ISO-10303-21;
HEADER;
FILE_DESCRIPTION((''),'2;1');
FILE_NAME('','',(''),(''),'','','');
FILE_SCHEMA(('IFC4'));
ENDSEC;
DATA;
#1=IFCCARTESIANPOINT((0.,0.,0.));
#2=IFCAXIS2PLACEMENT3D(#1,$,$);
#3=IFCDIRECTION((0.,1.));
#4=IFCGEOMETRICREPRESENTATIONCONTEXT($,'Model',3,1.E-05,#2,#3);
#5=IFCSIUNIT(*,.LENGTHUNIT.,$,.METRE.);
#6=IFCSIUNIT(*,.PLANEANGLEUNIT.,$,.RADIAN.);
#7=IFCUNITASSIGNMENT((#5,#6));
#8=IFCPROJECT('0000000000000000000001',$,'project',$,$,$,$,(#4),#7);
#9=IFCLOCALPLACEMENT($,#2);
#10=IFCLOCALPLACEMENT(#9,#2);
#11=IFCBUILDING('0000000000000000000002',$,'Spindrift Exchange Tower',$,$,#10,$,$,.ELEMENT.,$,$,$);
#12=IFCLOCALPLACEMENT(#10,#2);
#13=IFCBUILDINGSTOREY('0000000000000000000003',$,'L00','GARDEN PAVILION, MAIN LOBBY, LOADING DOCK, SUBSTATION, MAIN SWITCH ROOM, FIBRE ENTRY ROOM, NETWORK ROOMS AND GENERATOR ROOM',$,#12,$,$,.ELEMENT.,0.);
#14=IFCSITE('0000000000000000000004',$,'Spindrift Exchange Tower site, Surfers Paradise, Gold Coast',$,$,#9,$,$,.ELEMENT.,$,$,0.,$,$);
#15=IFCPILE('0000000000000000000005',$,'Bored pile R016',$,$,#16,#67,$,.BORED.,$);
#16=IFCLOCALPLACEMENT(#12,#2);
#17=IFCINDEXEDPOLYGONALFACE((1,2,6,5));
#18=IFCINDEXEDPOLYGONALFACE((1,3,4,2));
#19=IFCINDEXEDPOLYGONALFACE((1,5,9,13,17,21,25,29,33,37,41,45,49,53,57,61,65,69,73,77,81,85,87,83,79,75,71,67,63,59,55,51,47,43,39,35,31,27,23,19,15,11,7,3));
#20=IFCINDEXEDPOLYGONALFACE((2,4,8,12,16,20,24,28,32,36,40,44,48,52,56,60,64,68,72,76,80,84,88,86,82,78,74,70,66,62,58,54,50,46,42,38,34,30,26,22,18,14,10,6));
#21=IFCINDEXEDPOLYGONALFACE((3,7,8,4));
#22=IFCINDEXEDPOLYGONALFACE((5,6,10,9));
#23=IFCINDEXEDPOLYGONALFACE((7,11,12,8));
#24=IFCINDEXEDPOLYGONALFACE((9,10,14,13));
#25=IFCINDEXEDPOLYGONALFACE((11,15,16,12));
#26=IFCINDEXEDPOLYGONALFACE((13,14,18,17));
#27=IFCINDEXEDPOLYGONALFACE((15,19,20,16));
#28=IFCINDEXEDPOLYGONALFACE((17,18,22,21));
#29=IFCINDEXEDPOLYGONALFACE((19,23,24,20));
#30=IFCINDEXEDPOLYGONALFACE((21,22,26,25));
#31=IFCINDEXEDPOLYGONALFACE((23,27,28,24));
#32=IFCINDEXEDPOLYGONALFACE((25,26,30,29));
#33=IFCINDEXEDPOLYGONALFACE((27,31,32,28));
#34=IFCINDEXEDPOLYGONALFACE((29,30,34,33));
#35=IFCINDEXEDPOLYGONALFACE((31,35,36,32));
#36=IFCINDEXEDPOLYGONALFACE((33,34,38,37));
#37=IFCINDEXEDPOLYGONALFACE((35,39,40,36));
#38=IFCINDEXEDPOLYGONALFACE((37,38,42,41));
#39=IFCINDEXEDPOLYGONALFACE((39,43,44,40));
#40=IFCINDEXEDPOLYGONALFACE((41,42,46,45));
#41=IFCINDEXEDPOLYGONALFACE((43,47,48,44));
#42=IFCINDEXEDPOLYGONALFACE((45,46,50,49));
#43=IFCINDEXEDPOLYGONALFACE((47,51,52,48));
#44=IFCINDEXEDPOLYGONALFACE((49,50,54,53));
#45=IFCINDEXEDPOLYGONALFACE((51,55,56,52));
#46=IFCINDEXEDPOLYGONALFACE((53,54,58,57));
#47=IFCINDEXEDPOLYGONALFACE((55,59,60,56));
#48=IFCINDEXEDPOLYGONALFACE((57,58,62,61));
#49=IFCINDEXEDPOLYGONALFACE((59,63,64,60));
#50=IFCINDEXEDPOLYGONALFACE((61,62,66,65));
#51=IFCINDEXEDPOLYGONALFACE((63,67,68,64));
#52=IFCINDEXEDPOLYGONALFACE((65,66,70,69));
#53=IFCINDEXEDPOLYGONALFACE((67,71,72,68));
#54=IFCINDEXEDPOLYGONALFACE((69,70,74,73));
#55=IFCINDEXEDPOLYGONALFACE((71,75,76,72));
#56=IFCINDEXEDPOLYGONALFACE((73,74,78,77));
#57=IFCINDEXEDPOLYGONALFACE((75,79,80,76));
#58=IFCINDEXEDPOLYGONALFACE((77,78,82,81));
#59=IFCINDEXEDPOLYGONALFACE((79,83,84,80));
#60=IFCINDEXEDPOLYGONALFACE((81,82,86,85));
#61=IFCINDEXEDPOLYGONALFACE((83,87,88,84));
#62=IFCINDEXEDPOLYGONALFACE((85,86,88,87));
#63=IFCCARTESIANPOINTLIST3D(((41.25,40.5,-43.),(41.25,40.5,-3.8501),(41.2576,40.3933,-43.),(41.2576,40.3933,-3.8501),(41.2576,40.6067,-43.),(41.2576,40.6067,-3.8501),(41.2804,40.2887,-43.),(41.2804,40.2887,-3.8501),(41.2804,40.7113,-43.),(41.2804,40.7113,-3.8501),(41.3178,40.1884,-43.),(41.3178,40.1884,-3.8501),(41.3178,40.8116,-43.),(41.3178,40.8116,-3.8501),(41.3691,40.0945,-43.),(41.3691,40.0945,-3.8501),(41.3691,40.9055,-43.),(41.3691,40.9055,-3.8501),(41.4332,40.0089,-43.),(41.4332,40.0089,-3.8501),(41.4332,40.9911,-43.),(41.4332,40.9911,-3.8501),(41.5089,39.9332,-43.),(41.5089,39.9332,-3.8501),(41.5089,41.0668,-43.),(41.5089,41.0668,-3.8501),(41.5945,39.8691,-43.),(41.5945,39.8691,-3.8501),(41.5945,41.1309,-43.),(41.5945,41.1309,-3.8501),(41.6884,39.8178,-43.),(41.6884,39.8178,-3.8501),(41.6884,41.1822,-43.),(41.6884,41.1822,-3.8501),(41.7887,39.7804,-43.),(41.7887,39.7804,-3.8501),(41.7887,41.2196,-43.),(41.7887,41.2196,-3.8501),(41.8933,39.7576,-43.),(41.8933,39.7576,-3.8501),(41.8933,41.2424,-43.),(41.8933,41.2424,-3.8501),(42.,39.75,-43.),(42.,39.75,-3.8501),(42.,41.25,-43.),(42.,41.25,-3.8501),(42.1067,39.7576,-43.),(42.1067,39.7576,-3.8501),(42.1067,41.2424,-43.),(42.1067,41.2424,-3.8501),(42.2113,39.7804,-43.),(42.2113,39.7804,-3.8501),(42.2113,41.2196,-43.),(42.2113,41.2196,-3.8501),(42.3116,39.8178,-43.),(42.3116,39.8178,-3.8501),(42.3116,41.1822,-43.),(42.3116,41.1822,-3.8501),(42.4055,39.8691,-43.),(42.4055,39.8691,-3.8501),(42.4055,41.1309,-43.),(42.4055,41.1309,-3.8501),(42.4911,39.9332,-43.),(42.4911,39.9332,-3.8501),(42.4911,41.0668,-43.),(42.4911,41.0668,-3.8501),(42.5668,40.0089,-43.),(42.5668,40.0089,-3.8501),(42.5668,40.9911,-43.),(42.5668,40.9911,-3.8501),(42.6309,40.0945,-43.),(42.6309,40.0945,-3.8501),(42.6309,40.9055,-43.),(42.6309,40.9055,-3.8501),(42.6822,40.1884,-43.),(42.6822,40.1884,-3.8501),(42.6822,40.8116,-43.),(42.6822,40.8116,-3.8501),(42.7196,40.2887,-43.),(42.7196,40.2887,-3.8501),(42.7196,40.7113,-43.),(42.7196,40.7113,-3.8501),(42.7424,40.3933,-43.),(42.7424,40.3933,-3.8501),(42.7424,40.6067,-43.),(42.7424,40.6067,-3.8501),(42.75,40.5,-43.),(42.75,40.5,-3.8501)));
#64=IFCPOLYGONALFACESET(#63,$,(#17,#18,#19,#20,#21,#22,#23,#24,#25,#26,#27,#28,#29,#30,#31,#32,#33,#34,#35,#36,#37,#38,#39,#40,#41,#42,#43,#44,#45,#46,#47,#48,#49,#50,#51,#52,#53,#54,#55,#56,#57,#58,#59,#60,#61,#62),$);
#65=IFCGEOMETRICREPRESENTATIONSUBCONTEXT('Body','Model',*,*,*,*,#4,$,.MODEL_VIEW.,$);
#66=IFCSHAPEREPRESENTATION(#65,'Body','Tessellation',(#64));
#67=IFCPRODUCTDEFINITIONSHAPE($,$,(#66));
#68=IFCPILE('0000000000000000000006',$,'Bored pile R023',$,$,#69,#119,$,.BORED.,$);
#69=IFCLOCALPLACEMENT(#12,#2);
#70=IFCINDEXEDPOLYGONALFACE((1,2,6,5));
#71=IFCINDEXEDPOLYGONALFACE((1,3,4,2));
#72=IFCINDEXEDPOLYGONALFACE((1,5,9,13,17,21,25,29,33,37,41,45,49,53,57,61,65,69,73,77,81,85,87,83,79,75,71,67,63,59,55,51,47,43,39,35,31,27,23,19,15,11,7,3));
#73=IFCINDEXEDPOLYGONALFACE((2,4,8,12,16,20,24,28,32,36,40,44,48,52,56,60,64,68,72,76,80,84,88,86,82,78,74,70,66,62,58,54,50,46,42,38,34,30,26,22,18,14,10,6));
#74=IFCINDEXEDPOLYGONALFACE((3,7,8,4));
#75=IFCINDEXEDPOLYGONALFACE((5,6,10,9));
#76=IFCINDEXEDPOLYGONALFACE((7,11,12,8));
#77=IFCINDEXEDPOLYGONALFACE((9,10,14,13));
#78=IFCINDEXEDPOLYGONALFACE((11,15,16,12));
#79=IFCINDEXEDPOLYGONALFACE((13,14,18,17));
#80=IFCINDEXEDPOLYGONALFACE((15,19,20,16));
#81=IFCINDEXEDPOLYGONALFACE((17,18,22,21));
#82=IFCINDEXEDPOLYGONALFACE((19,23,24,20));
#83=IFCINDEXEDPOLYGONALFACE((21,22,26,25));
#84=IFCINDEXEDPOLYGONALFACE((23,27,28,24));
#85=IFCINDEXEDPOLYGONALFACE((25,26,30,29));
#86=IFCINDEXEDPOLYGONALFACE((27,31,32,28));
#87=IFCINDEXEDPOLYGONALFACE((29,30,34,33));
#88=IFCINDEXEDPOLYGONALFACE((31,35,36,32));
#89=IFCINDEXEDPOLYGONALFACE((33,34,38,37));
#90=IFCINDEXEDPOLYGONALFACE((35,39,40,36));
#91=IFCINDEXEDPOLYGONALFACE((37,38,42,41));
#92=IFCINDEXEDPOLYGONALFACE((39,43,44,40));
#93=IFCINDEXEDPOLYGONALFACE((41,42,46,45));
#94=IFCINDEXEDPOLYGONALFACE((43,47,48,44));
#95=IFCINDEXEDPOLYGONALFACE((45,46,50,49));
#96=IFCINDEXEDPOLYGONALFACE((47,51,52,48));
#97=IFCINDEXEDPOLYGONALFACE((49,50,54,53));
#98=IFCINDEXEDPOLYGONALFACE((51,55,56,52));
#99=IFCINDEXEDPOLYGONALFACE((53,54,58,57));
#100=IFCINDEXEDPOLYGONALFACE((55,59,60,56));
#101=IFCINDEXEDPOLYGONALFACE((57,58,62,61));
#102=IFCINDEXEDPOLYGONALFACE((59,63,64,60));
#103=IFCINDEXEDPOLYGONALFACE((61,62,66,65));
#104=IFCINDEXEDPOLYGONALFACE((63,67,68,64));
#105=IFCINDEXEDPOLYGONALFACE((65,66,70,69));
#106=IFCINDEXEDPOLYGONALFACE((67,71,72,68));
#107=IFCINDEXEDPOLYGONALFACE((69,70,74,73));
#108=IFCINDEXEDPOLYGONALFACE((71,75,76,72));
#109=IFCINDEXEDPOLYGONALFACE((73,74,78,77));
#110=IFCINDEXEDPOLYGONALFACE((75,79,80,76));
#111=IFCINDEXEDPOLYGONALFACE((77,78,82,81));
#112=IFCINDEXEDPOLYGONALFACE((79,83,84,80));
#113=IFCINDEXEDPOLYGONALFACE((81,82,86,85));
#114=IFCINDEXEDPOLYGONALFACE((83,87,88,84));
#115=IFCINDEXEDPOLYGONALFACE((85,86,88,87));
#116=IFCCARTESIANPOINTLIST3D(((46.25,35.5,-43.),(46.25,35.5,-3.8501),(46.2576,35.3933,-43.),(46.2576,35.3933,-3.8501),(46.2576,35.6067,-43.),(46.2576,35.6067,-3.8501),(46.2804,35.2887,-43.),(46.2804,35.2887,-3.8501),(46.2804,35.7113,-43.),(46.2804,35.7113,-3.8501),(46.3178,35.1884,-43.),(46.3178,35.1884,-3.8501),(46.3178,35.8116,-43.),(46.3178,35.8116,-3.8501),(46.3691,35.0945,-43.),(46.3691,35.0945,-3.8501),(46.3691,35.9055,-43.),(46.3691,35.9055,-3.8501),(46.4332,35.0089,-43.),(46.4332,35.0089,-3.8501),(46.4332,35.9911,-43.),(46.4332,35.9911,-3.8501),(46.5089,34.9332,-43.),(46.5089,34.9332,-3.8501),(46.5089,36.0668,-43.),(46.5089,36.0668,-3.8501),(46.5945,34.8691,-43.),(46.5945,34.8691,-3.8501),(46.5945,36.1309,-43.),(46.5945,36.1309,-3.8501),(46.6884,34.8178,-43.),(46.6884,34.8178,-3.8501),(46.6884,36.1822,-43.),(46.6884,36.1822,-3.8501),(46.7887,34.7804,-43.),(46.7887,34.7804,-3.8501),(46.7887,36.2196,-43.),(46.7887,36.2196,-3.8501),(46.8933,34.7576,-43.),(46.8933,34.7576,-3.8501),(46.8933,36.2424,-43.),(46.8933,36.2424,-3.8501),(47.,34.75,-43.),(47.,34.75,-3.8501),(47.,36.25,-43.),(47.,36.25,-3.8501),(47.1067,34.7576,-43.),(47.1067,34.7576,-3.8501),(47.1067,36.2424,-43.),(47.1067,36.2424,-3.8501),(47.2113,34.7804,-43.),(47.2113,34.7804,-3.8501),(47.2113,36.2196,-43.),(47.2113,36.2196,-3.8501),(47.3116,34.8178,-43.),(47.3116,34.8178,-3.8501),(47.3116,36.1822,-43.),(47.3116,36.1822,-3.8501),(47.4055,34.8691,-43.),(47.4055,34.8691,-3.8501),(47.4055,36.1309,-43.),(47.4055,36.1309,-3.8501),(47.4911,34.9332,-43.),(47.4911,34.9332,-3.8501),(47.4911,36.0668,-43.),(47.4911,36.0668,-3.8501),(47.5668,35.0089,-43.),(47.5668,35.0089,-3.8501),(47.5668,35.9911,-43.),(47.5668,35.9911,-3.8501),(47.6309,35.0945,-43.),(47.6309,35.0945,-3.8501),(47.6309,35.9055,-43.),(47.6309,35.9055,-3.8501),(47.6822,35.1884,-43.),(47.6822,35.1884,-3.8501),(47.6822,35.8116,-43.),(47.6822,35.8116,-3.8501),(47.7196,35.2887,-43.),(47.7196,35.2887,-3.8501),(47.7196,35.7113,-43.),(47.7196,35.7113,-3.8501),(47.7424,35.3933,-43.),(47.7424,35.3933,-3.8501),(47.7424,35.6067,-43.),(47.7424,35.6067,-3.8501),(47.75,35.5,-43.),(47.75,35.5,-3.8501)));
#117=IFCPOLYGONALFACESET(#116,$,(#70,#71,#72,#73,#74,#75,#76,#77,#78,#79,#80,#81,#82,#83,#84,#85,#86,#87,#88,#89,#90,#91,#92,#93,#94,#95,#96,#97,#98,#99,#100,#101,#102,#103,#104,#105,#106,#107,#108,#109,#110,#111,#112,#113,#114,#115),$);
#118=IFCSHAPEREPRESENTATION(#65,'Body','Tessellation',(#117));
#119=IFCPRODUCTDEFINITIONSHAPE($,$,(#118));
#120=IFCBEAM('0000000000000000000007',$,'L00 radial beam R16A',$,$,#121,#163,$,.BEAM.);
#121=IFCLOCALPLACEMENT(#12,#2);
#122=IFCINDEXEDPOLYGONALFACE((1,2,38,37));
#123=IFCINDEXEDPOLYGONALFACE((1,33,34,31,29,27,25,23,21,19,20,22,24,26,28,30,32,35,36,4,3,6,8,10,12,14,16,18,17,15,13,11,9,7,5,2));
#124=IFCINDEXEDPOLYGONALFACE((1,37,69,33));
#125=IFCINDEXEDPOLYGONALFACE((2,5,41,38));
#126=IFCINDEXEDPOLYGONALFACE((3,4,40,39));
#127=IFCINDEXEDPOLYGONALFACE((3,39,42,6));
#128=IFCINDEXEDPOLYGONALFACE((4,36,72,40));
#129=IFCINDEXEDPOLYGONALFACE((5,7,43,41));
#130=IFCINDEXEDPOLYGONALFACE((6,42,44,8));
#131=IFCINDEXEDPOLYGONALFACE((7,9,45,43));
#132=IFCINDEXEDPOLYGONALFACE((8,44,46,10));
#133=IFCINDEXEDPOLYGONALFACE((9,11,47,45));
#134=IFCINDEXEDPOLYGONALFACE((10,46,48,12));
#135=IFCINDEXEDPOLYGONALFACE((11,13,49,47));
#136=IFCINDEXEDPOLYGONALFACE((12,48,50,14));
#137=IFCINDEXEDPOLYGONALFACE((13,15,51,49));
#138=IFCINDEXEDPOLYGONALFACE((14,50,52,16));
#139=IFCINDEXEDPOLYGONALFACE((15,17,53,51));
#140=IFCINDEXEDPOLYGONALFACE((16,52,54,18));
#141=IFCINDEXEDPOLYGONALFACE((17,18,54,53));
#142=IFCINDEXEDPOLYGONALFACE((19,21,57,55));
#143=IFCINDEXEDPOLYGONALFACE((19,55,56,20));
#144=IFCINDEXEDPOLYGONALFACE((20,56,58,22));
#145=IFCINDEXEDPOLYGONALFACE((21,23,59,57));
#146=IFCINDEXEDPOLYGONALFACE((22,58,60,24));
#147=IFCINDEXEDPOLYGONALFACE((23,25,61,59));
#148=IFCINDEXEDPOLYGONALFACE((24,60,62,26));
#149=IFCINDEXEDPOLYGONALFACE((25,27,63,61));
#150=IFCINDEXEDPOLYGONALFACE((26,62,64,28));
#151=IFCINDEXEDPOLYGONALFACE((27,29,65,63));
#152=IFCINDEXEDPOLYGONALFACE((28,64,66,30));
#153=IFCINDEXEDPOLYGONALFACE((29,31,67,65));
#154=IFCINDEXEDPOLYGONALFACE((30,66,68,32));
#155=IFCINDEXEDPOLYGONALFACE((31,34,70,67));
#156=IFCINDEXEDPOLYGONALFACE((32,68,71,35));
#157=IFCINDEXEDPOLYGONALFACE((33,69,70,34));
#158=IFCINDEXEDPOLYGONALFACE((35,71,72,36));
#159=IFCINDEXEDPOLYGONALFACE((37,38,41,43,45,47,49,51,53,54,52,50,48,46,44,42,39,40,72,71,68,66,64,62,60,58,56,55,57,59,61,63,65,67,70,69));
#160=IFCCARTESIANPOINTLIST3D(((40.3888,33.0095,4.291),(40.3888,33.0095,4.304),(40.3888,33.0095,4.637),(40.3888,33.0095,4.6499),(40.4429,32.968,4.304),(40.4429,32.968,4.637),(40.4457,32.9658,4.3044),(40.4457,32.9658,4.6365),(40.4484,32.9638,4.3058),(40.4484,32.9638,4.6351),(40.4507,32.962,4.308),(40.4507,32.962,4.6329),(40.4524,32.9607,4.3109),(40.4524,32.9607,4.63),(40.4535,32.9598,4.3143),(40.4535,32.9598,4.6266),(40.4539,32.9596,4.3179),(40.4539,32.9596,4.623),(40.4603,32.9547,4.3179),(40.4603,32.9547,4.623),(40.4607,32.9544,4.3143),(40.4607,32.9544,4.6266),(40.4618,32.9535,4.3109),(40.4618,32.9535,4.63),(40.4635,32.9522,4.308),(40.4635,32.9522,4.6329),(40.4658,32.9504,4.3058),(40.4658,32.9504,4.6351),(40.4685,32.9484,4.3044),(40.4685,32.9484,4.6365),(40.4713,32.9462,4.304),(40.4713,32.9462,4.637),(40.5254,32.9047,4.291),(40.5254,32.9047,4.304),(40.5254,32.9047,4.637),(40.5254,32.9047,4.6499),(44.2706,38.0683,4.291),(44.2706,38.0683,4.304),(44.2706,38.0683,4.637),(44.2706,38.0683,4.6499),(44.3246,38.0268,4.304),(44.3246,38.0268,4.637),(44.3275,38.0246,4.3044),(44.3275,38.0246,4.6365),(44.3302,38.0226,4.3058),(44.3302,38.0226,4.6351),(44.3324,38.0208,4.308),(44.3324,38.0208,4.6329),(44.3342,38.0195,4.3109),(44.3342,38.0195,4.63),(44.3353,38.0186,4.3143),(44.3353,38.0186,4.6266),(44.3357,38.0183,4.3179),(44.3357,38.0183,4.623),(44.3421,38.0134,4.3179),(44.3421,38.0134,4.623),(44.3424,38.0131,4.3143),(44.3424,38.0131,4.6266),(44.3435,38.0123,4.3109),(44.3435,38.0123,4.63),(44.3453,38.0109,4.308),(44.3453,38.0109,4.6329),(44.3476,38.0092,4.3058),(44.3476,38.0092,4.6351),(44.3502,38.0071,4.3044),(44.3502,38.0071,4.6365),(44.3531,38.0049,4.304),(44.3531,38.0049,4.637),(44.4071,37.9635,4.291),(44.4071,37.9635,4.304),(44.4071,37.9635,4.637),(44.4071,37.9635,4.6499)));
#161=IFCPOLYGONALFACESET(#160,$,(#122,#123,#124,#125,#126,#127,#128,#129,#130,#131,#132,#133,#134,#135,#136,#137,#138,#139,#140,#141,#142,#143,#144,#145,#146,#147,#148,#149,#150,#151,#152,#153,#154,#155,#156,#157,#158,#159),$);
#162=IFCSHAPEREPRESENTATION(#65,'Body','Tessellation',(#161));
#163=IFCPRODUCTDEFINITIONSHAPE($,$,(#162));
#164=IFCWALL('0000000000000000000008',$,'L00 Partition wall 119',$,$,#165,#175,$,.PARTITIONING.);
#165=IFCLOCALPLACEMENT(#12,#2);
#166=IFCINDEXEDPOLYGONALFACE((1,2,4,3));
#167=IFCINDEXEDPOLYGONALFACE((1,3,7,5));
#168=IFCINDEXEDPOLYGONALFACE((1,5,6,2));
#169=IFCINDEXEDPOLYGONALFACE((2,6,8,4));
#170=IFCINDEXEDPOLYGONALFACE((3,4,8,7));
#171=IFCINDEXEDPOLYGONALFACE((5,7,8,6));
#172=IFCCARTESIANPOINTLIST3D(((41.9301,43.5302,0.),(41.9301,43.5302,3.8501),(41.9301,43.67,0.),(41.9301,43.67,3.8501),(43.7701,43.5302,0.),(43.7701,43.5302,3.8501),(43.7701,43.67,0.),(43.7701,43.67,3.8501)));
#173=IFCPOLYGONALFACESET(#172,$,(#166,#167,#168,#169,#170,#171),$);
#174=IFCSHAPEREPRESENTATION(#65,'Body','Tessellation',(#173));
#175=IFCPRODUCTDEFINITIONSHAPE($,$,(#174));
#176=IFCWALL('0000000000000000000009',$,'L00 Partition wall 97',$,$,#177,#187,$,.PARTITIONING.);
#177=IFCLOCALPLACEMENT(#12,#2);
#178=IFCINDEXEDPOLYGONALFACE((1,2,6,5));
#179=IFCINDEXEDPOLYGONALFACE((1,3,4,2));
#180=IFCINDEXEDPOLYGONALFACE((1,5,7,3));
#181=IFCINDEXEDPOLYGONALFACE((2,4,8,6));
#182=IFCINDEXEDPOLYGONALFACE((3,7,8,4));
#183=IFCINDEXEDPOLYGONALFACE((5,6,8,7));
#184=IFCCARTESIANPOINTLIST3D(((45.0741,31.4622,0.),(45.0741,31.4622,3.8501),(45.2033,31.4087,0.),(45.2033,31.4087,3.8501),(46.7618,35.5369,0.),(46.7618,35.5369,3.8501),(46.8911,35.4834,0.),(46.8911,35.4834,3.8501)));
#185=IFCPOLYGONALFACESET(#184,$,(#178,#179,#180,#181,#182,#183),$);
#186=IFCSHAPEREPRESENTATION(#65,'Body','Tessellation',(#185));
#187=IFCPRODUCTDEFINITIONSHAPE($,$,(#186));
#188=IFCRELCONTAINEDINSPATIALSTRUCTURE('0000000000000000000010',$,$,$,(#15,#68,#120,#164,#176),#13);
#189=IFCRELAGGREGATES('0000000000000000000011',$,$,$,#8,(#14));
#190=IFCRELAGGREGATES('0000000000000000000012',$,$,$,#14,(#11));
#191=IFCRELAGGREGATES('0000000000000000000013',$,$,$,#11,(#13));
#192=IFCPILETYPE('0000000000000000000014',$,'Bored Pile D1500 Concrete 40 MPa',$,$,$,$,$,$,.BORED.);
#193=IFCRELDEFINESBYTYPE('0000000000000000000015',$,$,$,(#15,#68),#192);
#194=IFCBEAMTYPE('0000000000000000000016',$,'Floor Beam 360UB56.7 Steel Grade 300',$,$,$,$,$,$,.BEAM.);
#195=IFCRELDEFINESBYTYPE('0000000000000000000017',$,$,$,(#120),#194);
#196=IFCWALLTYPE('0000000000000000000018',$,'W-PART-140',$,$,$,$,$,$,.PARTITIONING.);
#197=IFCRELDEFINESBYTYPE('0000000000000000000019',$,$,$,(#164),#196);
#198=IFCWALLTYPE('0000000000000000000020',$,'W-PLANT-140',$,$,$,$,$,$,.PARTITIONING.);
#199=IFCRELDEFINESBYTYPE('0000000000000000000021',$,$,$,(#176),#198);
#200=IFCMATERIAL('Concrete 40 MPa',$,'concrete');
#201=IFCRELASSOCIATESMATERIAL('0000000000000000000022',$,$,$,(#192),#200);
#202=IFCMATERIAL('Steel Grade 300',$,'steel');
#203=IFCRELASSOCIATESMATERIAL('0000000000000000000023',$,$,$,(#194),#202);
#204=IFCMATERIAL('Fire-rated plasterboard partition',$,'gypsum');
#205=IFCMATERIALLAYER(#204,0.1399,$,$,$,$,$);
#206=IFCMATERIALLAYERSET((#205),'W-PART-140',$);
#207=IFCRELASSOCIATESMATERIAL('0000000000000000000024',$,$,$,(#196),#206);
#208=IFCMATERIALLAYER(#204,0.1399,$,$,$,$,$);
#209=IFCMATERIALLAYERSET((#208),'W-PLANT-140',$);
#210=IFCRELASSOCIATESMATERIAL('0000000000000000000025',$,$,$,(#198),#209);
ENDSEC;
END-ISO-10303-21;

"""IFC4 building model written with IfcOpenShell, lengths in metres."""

from ifc_helpers import new_model, si_unit, direction, frame, frame_2d, origin, origin_2d, place, context, subcontext, project, spatial, rectangle, circle, i_section, extrude, source, transform, mapped, material, layer, layer_set, material_profile, profile_set, type_object, element, save


model = new_model("IFC4")

# Units and contexts
model_context = context("Model", 3, precision=1e-05, world=origin(), true_north=direction((0.0, 1.0)))
body_context = subcontext(model_context, "Body", "Model", "MODEL_VIEW")
ifc_project = project(units=[si_unit("LENGTHUNIT", "METRE"), si_unit("PLANEANGLEUNIT", "RADIAN")], contexts=[model_context])

# Site, building, storey
site_placement = place(None, origin())
site = spatial("IfcSite", under=ifc_project, at=site_placement, Name="Spindrift Exchange Tower site, Surfers Paradise, Gold Coast", CompositionType="ELEMENT", RefElevation=0.0)
building_placement = place(site_placement, origin())
building = spatial("IfcBuilding", under=site, at=building_placement, Name="Spindrift Exchange Tower", CompositionType="ELEMENT")
storey_placement = place(building_placement, origin())
storey = spatial("IfcBuildingStorey", under=building, at=storey_placement, Name="L00", Description="GARDEN PAVILION, MAIN LOBBY, LOADING DOCK, SUBSTATION, MAIN SWITCH ROOM, FIBRE ENTRY ROOM, NETWORK ROOMS AND GENERATOR ROOM", CompositionType="ELEMENT", Elevation=0.0)

# Piles
ifc_material_1 = material(Name="Concrete 40 MPa", Category="concrete")
ifc_material_profile_1 = material_profile(ifc_material_1, circle(Radius=0.75, at=origin_2d()), Name="BP D1500")
ifc_profile_set_1 = profile_set([ifc_material_profile_1], Name="Concrete 40 MPa")
pile_type = type_object("IfcPileType", Name="Bored Pile D1500 Concrete 40 MPa", PredefinedType="BORED", material=ifc_profile_set_1)
shared_shape_1 = source(origin(), body_context, "Body", "SweptSolid", [
    extrude(circle(Radius=0.75, at=origin_2d()), origin(), (0.0, 0.0, 1.0), 39.1499),
])
for number, where, z_axis, x_axis, name in (
    (1, (42.0, 40.5, -3.8501), (0.0, 0.0, -1.0), (1.0, 0.0, 0.0), "Bored pile R016"),
    (2, (47.0, 35.5, -3.8501), (0.0, 0.0, -1.0), (1.0, 0.0, 0.0), "Bored pile R023"),
):
    element("IfcPile", number, at=place(storey_placement, frame(where, z_axis=z_axis, x_axis=x_axis)), inside=storey, type_object=pile_type, Name=name, PredefinedType="BORED", context=body_context, shape_type="MappedRepresentation", body=[
        mapped(shared_shape_1, transform((0.0, 0.0, 0.0), scale=1.0)),
    ])

# Beam
ifc_material_2 = material(Name="Steel Grade 300", Category="steel")
ifc_material_profile_2 = material_profile(ifc_material_2, i_section(OverallWidth=0.1721, OverallDepth=0.3589, WebThickness=0.0081, FlangeThickness=0.0129, FilletRadius=0.0139, at=origin_2d()), Name="360UB56.7")
ifc_profile_set_2 = profile_set([ifc_material_profile_2], Name="Steel Grade 300")
beam_type = type_object("IfcBeamType", Name="Floor Beam 360UB56.7 Steel Grade 300", PredefinedType="BEAM", material=ifc_profile_set_2)
shared_shape_2 = source(origin(), body_context, "Body", "SweptSolid", [
    extrude(i_section(OverallWidth=0.1721, OverallDepth=0.3589, WebThickness=0.0081, FlangeThickness=0.0129, FilletRadius=0.0139, at=origin_2d()), origin(), (0.0, 0.0, 1.0), 6.3765),
])
beam_placement = place(storey_placement, frame((44.3389, 38.0159, 4.4705), z_axis=(-0.608767, -0.793349, 0.0), x_axis=(0.793349, -0.608767, 0.0)))
element("IfcBeam", 3, at=beam_placement, inside=storey, type_object=beam_type, Name="L00 radial beam R16A", PredefinedType="BEAM", context=body_context, shape_type="MappedRepresentation", body=[
    mapped(shared_shape_2, transform((0.0, 0.0, 0.0), scale=1.0)),
])

# Walls
ifc_material_3 = material(Name="Fire-rated plasterboard partition", Category="gypsum")
ifc_layer_1 = layer(ifc_material_3, 0.1399)
ifc_layer_set_1 = layer_set([ifc_layer_1], Name="W-PART-140")
wall_type_1 = type_object("IfcWallType", Name="W-PART-140", PredefinedType="PARTITIONING", material=ifc_layer_set_1)
wall_1_placement = place(storey_placement, frame((43.77, 43.6001, 0.0), z_axis=(0.0, 0.0, 1.0), x_axis=(-1.0, 0.0, 0.0)))
element("IfcWall", 4, at=wall_1_placement, inside=storey, type_object=wall_type_1, Name="L00 Partition wall 119", PredefinedType="PARTITIONING", context=body_context, shape_type="SweptSolid", body=[
    extrude(rectangle(XDim=1.8401, YDim=0.1399, at=frame_2d((0.9199, 0.0))), origin(), (0.0, 0.0, 1.0), 3.8501),
])
ifc_layer_2 = layer(ifc_material_3, 0.1399)
ifc_layer_set_2 = layer_set([ifc_layer_2], Name="W-PLANT-140")
wall_type_2 = type_object("IfcWallType", Name="W-PLANT-140", PredefinedType="PARTITIONING", material=ifc_layer_set_2)
wall_2_placement = place(storey_placement, frame((46.8264, 35.51, 0.0), z_axis=(0.0, 0.0, 1.0), x_axis=(-0.382673, -0.923884, 0.0)))
element("IfcWall", 5, at=wall_2_placement, inside=storey, type_object=wall_type_2, Name="L00 Partition wall 97", PredefinedType="PARTITIONING", context=body_context, shape_type="SweptSolid", body=[
    extrude(rectangle(XDim=4.4104, YDim=0.1399, at=frame_2d((2.2051, 0.0))), origin(), (0.0, 0.0, 1.0), 3.8501),
])

save(model, "model.ifc")
